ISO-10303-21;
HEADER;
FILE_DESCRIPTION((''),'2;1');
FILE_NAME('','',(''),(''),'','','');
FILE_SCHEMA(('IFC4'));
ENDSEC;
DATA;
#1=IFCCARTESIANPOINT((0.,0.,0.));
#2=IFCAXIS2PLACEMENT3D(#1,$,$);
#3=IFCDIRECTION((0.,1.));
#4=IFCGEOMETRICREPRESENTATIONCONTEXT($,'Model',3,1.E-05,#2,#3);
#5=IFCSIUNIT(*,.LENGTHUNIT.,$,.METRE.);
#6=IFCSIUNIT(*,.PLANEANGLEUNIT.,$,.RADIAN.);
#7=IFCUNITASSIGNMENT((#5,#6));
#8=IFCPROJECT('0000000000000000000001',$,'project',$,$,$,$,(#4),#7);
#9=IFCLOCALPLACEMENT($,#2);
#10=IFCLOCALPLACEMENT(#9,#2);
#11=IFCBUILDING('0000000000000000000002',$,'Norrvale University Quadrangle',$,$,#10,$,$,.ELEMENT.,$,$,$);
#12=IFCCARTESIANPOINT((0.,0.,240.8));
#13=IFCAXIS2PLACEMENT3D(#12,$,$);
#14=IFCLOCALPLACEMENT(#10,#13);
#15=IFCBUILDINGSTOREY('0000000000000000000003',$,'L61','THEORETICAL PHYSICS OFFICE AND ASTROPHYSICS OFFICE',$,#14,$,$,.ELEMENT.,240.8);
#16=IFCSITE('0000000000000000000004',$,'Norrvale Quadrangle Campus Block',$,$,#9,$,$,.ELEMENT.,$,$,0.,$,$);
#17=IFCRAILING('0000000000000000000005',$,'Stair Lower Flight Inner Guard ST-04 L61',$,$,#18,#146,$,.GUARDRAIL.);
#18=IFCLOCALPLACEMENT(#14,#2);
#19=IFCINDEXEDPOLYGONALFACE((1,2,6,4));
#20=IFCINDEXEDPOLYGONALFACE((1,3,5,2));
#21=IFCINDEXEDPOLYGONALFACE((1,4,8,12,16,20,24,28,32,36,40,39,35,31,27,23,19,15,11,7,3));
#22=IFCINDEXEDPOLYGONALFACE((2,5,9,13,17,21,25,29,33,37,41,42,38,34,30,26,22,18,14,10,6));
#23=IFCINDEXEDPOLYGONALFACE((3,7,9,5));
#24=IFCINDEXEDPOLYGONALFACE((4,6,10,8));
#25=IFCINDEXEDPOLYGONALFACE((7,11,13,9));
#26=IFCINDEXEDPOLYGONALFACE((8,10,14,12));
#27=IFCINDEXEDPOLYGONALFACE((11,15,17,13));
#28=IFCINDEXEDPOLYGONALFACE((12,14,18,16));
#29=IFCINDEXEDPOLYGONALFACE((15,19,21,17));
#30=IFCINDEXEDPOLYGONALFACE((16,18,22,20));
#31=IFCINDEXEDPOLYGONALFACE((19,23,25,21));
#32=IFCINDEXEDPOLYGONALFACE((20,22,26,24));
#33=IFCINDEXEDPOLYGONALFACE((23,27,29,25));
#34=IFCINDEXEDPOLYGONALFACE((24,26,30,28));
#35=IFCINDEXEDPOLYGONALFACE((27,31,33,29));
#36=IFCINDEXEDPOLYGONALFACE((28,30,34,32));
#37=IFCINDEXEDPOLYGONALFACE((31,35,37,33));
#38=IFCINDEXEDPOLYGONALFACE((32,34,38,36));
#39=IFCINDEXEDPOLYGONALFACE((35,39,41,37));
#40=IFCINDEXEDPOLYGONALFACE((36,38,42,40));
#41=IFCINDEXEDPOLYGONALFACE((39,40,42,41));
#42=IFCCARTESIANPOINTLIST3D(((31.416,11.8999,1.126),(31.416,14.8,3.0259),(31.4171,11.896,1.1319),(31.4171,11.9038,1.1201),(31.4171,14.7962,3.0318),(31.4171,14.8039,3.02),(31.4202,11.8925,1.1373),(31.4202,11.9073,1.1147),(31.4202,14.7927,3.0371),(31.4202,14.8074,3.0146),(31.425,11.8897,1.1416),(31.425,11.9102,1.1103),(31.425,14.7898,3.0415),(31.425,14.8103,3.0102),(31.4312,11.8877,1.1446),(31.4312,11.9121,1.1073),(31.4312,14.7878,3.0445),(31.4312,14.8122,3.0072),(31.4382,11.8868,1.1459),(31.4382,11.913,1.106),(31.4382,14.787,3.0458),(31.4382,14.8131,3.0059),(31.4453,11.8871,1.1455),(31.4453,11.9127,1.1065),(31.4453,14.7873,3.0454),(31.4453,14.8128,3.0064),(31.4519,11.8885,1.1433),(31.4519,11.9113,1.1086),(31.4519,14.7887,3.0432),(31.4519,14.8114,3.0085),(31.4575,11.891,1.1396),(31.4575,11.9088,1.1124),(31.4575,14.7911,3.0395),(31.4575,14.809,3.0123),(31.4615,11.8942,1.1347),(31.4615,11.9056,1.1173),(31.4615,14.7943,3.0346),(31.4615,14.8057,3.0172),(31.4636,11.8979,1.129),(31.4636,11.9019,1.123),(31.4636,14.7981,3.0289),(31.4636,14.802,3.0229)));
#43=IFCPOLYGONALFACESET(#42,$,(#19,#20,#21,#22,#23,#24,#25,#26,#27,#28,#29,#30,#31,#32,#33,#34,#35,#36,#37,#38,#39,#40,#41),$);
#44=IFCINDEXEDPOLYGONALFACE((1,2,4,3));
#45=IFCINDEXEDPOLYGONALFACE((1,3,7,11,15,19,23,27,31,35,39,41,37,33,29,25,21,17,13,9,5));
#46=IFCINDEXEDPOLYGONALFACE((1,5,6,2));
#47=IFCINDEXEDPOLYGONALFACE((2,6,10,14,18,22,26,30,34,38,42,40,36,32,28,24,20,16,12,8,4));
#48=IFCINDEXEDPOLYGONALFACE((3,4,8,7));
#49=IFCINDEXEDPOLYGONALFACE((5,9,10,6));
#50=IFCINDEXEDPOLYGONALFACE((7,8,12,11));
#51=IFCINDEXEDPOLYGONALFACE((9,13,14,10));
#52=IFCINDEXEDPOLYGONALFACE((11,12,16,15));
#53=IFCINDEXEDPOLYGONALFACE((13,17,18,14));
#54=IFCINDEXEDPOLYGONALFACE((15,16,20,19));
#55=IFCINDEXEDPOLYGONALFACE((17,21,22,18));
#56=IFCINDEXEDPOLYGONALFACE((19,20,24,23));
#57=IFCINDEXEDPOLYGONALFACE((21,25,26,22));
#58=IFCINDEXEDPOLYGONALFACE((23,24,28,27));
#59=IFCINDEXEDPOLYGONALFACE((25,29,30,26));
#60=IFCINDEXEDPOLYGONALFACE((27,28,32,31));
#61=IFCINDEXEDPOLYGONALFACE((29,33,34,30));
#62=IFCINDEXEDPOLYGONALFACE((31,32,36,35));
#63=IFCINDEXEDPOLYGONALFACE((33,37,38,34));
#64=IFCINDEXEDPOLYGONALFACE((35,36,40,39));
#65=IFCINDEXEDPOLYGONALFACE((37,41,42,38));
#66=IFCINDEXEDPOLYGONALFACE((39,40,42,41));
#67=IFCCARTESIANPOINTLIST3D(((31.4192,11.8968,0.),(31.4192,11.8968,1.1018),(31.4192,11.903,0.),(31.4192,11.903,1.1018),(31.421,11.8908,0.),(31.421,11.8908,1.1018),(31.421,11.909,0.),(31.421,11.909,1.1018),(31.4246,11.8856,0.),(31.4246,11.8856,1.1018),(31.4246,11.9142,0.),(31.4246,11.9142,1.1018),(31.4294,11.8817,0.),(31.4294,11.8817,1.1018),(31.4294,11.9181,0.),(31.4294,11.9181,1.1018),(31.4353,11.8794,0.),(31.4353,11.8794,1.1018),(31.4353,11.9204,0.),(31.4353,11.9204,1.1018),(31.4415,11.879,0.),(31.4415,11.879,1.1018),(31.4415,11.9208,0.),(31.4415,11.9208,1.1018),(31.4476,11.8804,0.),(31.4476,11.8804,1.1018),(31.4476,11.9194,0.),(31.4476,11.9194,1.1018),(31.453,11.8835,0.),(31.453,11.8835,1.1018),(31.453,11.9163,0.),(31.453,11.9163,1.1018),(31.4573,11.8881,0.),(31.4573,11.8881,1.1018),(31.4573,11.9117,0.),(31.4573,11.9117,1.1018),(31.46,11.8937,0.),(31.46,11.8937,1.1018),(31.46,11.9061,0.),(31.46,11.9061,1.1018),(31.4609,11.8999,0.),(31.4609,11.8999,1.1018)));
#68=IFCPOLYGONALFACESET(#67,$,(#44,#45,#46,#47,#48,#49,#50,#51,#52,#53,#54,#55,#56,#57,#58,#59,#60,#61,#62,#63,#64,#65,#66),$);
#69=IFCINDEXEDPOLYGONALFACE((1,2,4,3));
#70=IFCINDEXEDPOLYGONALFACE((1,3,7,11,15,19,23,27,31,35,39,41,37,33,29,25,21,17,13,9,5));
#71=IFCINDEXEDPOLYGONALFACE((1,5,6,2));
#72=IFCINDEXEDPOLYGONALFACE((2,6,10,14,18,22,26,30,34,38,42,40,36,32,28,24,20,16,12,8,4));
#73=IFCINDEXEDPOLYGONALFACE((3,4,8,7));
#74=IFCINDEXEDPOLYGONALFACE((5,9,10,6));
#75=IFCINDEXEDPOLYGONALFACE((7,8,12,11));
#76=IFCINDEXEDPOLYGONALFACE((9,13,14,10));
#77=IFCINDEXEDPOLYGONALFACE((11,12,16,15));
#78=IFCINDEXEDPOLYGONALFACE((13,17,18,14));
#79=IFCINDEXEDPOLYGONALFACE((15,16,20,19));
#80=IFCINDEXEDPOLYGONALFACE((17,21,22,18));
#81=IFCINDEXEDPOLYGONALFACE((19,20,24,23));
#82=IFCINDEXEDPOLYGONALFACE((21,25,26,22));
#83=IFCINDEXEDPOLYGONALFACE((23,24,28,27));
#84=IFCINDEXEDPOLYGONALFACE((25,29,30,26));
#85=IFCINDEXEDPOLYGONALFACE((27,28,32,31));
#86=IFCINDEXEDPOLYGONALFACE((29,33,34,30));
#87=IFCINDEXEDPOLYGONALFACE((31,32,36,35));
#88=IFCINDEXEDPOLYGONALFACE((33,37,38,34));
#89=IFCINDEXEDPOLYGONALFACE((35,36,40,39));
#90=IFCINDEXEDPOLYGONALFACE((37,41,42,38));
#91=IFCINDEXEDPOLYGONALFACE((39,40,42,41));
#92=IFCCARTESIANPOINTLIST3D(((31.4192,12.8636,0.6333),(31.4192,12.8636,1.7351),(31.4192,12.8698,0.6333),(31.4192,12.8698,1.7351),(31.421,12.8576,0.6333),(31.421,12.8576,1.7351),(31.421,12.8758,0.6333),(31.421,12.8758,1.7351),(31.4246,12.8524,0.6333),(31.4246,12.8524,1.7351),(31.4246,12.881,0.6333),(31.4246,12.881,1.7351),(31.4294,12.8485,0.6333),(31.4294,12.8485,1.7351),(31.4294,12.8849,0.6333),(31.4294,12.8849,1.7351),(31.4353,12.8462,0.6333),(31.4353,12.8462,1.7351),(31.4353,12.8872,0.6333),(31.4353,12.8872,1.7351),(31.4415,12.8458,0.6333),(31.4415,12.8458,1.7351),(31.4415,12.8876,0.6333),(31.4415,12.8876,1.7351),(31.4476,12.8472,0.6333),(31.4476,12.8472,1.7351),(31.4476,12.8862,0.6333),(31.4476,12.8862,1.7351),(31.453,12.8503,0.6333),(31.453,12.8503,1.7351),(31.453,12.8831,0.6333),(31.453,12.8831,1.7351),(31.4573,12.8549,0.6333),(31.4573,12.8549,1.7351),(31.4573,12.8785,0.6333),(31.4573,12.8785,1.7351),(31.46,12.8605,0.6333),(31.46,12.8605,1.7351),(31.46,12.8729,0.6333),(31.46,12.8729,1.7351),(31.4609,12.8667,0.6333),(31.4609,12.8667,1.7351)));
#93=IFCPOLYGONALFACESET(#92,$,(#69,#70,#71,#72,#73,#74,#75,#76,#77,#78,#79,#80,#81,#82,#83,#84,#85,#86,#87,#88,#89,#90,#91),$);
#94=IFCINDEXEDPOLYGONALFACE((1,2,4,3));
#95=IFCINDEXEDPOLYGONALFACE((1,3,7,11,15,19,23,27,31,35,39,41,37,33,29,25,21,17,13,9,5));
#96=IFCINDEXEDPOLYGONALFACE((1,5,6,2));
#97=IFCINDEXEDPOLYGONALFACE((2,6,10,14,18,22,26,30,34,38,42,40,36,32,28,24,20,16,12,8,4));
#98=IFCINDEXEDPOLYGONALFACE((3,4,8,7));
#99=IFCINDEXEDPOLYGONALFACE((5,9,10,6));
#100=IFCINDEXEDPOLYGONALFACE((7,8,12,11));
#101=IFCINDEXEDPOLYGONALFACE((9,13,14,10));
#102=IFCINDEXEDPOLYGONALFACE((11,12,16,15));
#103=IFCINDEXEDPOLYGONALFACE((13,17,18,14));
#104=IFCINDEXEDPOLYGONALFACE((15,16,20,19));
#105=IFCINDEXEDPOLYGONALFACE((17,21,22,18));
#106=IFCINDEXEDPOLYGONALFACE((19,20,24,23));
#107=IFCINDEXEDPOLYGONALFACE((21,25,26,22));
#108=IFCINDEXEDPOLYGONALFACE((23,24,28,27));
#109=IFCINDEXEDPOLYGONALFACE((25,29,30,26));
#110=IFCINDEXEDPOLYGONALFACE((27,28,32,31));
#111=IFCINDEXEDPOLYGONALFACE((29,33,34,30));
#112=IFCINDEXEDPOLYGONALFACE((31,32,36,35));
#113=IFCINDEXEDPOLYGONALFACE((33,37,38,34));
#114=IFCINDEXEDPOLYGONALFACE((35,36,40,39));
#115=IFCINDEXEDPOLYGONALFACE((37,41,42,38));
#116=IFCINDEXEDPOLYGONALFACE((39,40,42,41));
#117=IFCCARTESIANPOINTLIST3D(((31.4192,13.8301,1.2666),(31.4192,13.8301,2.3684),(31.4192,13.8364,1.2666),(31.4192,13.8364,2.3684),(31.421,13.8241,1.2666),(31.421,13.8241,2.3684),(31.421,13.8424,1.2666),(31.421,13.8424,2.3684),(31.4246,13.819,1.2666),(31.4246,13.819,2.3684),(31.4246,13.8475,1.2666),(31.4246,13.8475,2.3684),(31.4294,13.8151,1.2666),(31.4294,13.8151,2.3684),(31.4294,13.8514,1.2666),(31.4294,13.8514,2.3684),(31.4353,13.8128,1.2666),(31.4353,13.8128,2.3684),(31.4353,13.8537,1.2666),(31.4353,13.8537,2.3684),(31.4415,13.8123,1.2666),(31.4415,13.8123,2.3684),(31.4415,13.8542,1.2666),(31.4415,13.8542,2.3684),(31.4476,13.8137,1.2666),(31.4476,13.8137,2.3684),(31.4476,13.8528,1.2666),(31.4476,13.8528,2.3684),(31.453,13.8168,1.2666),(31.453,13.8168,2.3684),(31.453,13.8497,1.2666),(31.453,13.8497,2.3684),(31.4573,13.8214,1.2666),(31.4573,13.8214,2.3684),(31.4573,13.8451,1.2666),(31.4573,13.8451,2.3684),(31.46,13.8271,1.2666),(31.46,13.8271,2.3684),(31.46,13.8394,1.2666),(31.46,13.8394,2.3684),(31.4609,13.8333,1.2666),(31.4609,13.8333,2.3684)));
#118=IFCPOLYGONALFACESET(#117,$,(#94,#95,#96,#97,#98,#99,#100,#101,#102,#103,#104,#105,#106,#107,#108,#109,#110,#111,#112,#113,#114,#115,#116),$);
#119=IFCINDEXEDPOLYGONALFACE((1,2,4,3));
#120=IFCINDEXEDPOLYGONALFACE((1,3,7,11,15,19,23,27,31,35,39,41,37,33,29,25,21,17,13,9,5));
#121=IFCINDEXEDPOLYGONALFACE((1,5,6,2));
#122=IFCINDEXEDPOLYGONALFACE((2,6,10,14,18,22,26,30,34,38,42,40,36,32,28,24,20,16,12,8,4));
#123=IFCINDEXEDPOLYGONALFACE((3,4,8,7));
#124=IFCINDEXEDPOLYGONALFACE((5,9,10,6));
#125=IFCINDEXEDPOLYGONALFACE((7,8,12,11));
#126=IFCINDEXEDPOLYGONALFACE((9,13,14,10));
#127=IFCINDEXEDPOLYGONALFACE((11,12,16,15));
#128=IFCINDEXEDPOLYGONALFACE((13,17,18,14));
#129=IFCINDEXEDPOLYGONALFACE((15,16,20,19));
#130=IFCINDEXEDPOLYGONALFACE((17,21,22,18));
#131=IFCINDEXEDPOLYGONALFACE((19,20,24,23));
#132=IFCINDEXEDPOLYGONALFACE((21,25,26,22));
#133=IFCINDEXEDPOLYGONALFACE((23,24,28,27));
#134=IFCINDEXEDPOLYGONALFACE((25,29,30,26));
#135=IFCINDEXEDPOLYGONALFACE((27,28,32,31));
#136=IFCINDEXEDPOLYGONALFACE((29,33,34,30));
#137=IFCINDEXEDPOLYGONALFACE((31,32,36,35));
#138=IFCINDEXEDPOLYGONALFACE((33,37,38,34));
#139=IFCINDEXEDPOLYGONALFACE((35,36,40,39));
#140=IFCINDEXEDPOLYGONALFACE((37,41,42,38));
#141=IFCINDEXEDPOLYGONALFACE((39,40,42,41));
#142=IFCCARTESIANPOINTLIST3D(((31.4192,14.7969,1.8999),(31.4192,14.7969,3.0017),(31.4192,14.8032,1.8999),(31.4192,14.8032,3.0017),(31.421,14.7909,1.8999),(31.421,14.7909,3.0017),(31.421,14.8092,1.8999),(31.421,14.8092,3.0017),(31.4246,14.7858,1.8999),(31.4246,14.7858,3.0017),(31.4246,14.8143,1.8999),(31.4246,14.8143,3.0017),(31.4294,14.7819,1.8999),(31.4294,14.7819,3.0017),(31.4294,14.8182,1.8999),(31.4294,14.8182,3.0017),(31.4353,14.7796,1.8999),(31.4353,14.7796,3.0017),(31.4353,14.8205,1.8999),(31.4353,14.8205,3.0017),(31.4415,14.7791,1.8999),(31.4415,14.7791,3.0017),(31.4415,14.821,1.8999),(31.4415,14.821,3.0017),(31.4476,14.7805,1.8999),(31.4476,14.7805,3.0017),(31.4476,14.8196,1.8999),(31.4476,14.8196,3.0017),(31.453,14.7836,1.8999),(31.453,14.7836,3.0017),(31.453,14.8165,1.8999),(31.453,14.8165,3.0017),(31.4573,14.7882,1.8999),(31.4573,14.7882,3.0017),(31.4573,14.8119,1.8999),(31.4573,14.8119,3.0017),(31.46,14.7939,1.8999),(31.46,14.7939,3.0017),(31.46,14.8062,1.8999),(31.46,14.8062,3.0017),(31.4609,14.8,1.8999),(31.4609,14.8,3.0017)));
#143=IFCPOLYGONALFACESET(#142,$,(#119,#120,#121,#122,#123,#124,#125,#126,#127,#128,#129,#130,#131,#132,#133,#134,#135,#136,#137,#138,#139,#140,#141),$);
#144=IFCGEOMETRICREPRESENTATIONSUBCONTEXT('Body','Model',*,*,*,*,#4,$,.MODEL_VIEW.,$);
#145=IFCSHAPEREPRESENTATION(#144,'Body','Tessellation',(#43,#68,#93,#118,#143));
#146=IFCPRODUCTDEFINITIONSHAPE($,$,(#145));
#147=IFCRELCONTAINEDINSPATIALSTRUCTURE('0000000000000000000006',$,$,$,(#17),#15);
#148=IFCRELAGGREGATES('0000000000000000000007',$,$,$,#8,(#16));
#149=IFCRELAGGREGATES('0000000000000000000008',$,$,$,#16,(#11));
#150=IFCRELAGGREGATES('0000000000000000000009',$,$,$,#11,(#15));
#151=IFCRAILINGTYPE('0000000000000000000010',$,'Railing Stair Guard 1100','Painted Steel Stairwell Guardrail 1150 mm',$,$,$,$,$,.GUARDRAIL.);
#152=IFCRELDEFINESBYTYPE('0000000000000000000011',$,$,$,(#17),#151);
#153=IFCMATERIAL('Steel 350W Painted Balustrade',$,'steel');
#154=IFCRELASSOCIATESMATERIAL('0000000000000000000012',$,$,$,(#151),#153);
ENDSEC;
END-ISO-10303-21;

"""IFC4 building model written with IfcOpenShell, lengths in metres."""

from ifc_helpers import new_model, si_unit, direction, frame, origin, origin_2d, place, context, subcontext, project, spatial, circle, extrude, material, type_object, element, save


model = new_model("IFC4")

# Units and contexts
model_context = context("Model", 3, precision=1e-05, world=origin(), true_north=direction((0.0, 1.0)))
body_context = subcontext(model_context, "Body", "Model", "MODEL_VIEW")
ifc_project = project(units=[si_unit("LENGTHUNIT", "METRE"), si_unit("PLANEANGLEUNIT", "RADIAN")], contexts=[model_context])

# Site, building, storey
site_placement = place(None, origin())
site = spatial("IfcSite", under=ifc_project, at=site_placement, Name="Norrvale Quadrangle Campus Block", CompositionType="ELEMENT", RefElevation=0.0)
building_placement = place(site_placement, origin())
building = spatial("IfcBuilding", under=site, at=building_placement, Name="Norrvale University Quadrangle", CompositionType="ELEMENT")
storey_placement = place(building_placement, frame((0.0, 0.0, 240.8)))
storey = spatial("IfcBuildingStorey", under=building, at=storey_placement, Name="L61", Description="THEORETICAL PHYSICS OFFICE AND ASTROPHYSICS OFFICE", CompositionType="ELEMENT", Elevation=240.8)

# Railing
ifc_material_1 = material(Name="Steel 350W Painted Balustrade", Category="steel")
railing_type_1 = type_object("IfcRailingType", Name="Railing Stair Guard 1100", Description="Painted Steel Stairwell Guardrail 1150 mm", PredefinedType="GUARDRAIL", material=ifc_material_1)
railing_1_placement = place(storey_placement, frame((31.4399, 11.8999, 0.0)))
element("IfcRailing", 1, at=railing_1_placement, inside=storey, type_object=railing_type_1, Name="Stair Lower Flight Inner Guard ST-04 L61", PredefinedType="GUARDRAIL", context=body_context, shape_type="SweptSolid", body=[
    extrude(circle(Radius=0.0239, at=origin_2d()), frame((0.0, 0.0, 1.126), z_axis=(0.0, 0.836487, 0.547987), x_axis=(-1.0, 0.0, 0.0)), (0.0, 0.0, 1.0), 3.467),
    extrude(circle(Radius=0.021, at=origin_2d()), origin(), (0.0, 0.0, 1.0), 1.1018),
    extrude(circle(Radius=0.021, at=origin_2d()), frame((0.0, 0.9668, 0.6333)), (0.0, 0.0, 1.0), 1.1018),
    extrude(circle(Radius=0.021, at=origin_2d()), frame((0.0, 1.9333, 1.2666)), (0.0, 0.0, 1.0), 1.1018),
    extrude(circle(Radius=0.021, at=origin_2d()), frame((0.0, 2.9001, 1.8999)), (0.0, 0.0, 1.0), 1.1018),
])

save(model, "model.ifc")
